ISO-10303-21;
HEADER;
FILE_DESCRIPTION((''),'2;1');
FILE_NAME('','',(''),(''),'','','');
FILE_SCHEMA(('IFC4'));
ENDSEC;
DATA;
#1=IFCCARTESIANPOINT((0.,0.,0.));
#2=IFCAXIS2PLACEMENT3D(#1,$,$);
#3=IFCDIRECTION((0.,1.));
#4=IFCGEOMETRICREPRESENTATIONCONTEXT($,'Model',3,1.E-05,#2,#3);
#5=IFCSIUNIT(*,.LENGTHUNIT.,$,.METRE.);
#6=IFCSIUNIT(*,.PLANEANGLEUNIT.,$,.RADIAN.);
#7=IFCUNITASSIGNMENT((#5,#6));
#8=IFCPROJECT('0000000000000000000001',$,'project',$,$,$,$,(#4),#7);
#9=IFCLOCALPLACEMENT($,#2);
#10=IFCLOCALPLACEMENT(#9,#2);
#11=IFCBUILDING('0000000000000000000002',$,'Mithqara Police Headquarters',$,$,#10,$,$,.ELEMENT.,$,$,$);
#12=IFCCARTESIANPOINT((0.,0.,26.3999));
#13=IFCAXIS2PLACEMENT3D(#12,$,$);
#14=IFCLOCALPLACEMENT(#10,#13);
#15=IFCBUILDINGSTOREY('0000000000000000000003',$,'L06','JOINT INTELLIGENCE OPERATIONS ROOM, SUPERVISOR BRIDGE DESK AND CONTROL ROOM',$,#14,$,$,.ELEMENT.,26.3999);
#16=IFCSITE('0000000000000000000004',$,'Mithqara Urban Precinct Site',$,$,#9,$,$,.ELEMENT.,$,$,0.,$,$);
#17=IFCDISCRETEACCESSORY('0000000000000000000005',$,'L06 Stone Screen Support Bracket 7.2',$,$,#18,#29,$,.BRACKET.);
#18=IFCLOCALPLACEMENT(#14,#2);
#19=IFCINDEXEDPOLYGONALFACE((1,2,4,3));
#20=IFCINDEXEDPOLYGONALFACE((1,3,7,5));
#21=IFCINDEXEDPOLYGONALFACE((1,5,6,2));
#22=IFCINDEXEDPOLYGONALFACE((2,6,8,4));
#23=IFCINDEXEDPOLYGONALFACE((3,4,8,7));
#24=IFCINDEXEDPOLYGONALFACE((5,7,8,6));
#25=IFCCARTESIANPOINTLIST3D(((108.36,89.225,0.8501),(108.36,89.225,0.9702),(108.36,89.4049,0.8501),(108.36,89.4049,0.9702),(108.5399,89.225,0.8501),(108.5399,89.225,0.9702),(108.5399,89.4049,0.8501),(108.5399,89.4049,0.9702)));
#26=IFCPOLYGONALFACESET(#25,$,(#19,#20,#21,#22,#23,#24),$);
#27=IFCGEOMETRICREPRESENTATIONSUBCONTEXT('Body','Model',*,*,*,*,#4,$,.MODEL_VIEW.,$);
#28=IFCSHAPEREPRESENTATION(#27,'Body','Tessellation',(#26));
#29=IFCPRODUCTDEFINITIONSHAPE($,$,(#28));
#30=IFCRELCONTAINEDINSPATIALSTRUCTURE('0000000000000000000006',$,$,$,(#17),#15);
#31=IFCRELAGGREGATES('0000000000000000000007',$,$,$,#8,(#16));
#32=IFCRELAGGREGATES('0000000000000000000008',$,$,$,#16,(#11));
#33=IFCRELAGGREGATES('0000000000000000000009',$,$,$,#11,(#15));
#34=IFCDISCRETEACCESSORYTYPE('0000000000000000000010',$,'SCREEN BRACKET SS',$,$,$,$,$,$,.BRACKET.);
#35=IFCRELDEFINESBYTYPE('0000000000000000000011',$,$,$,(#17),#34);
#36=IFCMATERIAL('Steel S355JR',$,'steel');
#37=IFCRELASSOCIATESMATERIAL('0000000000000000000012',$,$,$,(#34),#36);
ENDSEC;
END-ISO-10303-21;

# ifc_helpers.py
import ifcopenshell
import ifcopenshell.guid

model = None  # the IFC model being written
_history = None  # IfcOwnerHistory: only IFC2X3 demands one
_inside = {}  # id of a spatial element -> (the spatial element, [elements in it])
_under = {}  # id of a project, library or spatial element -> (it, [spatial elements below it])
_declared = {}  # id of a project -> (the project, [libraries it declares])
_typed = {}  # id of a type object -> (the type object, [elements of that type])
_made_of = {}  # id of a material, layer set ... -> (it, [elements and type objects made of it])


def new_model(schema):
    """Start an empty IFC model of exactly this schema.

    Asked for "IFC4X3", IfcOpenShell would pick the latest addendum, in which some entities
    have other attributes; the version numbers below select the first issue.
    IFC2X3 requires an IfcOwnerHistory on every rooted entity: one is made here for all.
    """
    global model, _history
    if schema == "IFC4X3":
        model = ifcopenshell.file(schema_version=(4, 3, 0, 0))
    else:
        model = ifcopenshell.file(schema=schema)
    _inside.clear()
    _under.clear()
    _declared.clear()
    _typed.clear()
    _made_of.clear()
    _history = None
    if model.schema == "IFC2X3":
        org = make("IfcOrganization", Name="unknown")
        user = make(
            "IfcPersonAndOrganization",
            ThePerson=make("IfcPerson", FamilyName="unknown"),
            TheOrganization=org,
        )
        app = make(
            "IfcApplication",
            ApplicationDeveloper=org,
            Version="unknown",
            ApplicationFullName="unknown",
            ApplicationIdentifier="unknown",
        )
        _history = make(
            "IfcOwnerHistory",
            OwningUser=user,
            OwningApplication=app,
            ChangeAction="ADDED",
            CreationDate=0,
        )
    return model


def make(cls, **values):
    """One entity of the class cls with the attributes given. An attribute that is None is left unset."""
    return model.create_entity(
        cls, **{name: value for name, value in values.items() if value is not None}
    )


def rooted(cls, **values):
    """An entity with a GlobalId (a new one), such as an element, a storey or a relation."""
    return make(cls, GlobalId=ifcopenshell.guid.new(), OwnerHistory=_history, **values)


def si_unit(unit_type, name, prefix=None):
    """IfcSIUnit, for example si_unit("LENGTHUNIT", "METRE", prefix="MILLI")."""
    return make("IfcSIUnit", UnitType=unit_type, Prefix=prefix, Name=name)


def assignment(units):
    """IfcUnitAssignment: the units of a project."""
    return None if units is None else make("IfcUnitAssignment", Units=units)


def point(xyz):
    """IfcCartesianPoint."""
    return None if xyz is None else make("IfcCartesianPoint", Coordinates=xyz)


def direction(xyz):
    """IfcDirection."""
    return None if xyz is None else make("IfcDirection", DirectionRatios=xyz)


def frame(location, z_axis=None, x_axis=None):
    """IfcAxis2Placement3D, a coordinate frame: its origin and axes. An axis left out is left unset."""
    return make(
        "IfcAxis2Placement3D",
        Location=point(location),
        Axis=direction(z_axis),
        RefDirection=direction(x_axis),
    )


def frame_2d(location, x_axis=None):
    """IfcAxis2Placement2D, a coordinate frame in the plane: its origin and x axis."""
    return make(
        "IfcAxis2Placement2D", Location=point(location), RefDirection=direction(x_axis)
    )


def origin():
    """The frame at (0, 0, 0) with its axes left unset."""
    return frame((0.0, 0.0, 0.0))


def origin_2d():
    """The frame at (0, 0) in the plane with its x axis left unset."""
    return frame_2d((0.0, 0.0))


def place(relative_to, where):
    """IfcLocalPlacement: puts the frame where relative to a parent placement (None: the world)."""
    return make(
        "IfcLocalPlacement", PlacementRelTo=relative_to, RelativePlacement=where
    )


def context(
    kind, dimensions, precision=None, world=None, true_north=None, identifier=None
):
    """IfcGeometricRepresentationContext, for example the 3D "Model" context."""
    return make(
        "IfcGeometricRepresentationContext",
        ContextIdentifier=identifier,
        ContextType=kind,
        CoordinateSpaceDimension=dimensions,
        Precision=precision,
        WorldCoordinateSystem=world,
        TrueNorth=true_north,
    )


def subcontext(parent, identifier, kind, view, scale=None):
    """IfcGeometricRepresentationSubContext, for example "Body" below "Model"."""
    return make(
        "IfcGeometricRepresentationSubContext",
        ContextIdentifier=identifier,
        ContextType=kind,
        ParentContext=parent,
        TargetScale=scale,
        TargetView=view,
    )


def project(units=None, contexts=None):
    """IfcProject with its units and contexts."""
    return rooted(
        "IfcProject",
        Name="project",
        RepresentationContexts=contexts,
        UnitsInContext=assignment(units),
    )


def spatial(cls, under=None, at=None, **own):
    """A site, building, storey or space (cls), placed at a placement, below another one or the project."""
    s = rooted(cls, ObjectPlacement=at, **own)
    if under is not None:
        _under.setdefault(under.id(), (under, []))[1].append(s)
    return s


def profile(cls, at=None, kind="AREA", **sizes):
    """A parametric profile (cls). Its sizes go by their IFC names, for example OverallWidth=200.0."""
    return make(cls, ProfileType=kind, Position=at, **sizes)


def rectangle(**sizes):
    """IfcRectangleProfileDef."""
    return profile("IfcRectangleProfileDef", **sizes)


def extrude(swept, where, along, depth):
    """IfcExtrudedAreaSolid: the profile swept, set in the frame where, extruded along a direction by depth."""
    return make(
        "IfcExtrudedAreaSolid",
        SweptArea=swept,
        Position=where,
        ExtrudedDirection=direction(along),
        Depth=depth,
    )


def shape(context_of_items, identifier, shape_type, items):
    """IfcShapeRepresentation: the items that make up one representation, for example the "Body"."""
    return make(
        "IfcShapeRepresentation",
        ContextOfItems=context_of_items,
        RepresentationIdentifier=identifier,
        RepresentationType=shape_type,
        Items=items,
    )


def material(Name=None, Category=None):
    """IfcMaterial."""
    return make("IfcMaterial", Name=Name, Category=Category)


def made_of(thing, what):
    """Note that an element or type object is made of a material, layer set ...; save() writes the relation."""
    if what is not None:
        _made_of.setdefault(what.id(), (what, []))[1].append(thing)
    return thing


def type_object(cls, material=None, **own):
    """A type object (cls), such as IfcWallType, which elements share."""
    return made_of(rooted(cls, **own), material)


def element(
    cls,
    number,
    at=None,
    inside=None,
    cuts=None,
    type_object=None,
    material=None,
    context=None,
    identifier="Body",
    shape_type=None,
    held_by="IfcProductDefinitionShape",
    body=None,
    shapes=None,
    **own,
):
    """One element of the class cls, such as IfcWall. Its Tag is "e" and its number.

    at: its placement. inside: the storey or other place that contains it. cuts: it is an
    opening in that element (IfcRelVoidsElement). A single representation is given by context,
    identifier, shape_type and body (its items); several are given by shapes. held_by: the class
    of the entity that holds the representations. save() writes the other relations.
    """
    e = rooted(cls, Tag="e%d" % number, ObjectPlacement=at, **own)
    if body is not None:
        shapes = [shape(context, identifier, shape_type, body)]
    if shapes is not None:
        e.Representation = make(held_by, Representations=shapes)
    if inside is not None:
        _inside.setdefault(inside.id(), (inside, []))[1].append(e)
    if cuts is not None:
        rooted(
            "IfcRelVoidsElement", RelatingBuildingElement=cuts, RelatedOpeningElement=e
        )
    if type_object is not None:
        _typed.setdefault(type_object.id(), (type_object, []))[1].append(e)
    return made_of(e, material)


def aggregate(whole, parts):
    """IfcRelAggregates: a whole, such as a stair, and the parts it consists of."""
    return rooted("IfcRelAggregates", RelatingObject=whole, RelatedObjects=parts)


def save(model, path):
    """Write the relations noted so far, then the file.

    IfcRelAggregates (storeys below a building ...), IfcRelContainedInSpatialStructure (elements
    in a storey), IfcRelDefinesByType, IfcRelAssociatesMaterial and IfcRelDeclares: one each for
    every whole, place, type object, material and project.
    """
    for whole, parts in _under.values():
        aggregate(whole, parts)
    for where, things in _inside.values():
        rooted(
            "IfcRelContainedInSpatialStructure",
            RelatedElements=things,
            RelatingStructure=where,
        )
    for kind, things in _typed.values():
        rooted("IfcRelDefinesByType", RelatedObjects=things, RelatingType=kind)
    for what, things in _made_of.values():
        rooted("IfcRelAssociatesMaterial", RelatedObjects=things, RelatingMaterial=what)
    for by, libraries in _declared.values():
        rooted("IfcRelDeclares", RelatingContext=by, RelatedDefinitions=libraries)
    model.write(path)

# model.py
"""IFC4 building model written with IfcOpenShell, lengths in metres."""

from ifc_helpers import new_model, si_unit, direction, frame, origin, origin_2d, place, context, subcontext, project, spatial, rectangle, extrude, material, type_object, element, save


model = new_model("IFC4")

# Units and contexts
model_context = context("Model", 3, precision=1e-05, world=origin(), true_north=direction((0.0, 1.0)))
body_context = subcontext(model_context, "Body", "Model", "MODEL_VIEW")
ifc_project = project(units=[si_unit("LENGTHUNIT", "METRE"), si_unit("PLANEANGLEUNIT", "RADIAN")], contexts=[model_context])

# Site, building, storey
site_placement = place(None, origin())
site = spatial("IfcSite", under=ifc_project, at=site_placement, Name="Mithqara Urban Precinct Site", CompositionType="ELEMENT", RefElevation=0.0)
building_placement = place(site_placement, origin())
building = spatial("IfcBuilding", under=site, at=building_placement, Name="Mithqara Police Headquarters", CompositionType="ELEMENT")
storey_placement = place(building_placement, frame((0.0, 0.0, 26.3999)))
storey = spatial("IfcBuildingStorey", under=building, at=storey_placement, Name="L06", Description="JOINT INTELLIGENCE OPERATIONS ROOM, SUPERVISOR BRIDGE DESK AND CONTROL ROOM", CompositionType="ELEMENT", Elevation=26.3999)

# Shared definitions
ifc_material_1 = material(Name="Steel S355JR", Category="steel")

# Discrete accessory
discrete_accessory_type = type_object("IfcDiscreteAccessoryType", Name="SCREEN BRACKET SS", PredefinedType="BRACKET", material=ifc_material_1)
discrete_accessory_placement = place(storey_placement, frame((108.45, 89.3149, 0.8501), z_axis=(0.0, 0.0, 1.0), x_axis=(0.0, 1.0, 0.0)))
element("IfcDiscreteAccessory", 1, at=discrete_accessory_placement, inside=storey, type_object=discrete_accessory_type, Name="L06 Stone Screen Support Bracket 7.2", PredefinedType="BRACKET", context=body_context, shape_type="SweptSolid", body=[
    extrude(rectangle(XDim=0.1799, YDim=0.1799, at=origin_2d()), origin(), (0.0, 0.0, 1.0), 0.1201),
])

save(model, "model.ifc")
